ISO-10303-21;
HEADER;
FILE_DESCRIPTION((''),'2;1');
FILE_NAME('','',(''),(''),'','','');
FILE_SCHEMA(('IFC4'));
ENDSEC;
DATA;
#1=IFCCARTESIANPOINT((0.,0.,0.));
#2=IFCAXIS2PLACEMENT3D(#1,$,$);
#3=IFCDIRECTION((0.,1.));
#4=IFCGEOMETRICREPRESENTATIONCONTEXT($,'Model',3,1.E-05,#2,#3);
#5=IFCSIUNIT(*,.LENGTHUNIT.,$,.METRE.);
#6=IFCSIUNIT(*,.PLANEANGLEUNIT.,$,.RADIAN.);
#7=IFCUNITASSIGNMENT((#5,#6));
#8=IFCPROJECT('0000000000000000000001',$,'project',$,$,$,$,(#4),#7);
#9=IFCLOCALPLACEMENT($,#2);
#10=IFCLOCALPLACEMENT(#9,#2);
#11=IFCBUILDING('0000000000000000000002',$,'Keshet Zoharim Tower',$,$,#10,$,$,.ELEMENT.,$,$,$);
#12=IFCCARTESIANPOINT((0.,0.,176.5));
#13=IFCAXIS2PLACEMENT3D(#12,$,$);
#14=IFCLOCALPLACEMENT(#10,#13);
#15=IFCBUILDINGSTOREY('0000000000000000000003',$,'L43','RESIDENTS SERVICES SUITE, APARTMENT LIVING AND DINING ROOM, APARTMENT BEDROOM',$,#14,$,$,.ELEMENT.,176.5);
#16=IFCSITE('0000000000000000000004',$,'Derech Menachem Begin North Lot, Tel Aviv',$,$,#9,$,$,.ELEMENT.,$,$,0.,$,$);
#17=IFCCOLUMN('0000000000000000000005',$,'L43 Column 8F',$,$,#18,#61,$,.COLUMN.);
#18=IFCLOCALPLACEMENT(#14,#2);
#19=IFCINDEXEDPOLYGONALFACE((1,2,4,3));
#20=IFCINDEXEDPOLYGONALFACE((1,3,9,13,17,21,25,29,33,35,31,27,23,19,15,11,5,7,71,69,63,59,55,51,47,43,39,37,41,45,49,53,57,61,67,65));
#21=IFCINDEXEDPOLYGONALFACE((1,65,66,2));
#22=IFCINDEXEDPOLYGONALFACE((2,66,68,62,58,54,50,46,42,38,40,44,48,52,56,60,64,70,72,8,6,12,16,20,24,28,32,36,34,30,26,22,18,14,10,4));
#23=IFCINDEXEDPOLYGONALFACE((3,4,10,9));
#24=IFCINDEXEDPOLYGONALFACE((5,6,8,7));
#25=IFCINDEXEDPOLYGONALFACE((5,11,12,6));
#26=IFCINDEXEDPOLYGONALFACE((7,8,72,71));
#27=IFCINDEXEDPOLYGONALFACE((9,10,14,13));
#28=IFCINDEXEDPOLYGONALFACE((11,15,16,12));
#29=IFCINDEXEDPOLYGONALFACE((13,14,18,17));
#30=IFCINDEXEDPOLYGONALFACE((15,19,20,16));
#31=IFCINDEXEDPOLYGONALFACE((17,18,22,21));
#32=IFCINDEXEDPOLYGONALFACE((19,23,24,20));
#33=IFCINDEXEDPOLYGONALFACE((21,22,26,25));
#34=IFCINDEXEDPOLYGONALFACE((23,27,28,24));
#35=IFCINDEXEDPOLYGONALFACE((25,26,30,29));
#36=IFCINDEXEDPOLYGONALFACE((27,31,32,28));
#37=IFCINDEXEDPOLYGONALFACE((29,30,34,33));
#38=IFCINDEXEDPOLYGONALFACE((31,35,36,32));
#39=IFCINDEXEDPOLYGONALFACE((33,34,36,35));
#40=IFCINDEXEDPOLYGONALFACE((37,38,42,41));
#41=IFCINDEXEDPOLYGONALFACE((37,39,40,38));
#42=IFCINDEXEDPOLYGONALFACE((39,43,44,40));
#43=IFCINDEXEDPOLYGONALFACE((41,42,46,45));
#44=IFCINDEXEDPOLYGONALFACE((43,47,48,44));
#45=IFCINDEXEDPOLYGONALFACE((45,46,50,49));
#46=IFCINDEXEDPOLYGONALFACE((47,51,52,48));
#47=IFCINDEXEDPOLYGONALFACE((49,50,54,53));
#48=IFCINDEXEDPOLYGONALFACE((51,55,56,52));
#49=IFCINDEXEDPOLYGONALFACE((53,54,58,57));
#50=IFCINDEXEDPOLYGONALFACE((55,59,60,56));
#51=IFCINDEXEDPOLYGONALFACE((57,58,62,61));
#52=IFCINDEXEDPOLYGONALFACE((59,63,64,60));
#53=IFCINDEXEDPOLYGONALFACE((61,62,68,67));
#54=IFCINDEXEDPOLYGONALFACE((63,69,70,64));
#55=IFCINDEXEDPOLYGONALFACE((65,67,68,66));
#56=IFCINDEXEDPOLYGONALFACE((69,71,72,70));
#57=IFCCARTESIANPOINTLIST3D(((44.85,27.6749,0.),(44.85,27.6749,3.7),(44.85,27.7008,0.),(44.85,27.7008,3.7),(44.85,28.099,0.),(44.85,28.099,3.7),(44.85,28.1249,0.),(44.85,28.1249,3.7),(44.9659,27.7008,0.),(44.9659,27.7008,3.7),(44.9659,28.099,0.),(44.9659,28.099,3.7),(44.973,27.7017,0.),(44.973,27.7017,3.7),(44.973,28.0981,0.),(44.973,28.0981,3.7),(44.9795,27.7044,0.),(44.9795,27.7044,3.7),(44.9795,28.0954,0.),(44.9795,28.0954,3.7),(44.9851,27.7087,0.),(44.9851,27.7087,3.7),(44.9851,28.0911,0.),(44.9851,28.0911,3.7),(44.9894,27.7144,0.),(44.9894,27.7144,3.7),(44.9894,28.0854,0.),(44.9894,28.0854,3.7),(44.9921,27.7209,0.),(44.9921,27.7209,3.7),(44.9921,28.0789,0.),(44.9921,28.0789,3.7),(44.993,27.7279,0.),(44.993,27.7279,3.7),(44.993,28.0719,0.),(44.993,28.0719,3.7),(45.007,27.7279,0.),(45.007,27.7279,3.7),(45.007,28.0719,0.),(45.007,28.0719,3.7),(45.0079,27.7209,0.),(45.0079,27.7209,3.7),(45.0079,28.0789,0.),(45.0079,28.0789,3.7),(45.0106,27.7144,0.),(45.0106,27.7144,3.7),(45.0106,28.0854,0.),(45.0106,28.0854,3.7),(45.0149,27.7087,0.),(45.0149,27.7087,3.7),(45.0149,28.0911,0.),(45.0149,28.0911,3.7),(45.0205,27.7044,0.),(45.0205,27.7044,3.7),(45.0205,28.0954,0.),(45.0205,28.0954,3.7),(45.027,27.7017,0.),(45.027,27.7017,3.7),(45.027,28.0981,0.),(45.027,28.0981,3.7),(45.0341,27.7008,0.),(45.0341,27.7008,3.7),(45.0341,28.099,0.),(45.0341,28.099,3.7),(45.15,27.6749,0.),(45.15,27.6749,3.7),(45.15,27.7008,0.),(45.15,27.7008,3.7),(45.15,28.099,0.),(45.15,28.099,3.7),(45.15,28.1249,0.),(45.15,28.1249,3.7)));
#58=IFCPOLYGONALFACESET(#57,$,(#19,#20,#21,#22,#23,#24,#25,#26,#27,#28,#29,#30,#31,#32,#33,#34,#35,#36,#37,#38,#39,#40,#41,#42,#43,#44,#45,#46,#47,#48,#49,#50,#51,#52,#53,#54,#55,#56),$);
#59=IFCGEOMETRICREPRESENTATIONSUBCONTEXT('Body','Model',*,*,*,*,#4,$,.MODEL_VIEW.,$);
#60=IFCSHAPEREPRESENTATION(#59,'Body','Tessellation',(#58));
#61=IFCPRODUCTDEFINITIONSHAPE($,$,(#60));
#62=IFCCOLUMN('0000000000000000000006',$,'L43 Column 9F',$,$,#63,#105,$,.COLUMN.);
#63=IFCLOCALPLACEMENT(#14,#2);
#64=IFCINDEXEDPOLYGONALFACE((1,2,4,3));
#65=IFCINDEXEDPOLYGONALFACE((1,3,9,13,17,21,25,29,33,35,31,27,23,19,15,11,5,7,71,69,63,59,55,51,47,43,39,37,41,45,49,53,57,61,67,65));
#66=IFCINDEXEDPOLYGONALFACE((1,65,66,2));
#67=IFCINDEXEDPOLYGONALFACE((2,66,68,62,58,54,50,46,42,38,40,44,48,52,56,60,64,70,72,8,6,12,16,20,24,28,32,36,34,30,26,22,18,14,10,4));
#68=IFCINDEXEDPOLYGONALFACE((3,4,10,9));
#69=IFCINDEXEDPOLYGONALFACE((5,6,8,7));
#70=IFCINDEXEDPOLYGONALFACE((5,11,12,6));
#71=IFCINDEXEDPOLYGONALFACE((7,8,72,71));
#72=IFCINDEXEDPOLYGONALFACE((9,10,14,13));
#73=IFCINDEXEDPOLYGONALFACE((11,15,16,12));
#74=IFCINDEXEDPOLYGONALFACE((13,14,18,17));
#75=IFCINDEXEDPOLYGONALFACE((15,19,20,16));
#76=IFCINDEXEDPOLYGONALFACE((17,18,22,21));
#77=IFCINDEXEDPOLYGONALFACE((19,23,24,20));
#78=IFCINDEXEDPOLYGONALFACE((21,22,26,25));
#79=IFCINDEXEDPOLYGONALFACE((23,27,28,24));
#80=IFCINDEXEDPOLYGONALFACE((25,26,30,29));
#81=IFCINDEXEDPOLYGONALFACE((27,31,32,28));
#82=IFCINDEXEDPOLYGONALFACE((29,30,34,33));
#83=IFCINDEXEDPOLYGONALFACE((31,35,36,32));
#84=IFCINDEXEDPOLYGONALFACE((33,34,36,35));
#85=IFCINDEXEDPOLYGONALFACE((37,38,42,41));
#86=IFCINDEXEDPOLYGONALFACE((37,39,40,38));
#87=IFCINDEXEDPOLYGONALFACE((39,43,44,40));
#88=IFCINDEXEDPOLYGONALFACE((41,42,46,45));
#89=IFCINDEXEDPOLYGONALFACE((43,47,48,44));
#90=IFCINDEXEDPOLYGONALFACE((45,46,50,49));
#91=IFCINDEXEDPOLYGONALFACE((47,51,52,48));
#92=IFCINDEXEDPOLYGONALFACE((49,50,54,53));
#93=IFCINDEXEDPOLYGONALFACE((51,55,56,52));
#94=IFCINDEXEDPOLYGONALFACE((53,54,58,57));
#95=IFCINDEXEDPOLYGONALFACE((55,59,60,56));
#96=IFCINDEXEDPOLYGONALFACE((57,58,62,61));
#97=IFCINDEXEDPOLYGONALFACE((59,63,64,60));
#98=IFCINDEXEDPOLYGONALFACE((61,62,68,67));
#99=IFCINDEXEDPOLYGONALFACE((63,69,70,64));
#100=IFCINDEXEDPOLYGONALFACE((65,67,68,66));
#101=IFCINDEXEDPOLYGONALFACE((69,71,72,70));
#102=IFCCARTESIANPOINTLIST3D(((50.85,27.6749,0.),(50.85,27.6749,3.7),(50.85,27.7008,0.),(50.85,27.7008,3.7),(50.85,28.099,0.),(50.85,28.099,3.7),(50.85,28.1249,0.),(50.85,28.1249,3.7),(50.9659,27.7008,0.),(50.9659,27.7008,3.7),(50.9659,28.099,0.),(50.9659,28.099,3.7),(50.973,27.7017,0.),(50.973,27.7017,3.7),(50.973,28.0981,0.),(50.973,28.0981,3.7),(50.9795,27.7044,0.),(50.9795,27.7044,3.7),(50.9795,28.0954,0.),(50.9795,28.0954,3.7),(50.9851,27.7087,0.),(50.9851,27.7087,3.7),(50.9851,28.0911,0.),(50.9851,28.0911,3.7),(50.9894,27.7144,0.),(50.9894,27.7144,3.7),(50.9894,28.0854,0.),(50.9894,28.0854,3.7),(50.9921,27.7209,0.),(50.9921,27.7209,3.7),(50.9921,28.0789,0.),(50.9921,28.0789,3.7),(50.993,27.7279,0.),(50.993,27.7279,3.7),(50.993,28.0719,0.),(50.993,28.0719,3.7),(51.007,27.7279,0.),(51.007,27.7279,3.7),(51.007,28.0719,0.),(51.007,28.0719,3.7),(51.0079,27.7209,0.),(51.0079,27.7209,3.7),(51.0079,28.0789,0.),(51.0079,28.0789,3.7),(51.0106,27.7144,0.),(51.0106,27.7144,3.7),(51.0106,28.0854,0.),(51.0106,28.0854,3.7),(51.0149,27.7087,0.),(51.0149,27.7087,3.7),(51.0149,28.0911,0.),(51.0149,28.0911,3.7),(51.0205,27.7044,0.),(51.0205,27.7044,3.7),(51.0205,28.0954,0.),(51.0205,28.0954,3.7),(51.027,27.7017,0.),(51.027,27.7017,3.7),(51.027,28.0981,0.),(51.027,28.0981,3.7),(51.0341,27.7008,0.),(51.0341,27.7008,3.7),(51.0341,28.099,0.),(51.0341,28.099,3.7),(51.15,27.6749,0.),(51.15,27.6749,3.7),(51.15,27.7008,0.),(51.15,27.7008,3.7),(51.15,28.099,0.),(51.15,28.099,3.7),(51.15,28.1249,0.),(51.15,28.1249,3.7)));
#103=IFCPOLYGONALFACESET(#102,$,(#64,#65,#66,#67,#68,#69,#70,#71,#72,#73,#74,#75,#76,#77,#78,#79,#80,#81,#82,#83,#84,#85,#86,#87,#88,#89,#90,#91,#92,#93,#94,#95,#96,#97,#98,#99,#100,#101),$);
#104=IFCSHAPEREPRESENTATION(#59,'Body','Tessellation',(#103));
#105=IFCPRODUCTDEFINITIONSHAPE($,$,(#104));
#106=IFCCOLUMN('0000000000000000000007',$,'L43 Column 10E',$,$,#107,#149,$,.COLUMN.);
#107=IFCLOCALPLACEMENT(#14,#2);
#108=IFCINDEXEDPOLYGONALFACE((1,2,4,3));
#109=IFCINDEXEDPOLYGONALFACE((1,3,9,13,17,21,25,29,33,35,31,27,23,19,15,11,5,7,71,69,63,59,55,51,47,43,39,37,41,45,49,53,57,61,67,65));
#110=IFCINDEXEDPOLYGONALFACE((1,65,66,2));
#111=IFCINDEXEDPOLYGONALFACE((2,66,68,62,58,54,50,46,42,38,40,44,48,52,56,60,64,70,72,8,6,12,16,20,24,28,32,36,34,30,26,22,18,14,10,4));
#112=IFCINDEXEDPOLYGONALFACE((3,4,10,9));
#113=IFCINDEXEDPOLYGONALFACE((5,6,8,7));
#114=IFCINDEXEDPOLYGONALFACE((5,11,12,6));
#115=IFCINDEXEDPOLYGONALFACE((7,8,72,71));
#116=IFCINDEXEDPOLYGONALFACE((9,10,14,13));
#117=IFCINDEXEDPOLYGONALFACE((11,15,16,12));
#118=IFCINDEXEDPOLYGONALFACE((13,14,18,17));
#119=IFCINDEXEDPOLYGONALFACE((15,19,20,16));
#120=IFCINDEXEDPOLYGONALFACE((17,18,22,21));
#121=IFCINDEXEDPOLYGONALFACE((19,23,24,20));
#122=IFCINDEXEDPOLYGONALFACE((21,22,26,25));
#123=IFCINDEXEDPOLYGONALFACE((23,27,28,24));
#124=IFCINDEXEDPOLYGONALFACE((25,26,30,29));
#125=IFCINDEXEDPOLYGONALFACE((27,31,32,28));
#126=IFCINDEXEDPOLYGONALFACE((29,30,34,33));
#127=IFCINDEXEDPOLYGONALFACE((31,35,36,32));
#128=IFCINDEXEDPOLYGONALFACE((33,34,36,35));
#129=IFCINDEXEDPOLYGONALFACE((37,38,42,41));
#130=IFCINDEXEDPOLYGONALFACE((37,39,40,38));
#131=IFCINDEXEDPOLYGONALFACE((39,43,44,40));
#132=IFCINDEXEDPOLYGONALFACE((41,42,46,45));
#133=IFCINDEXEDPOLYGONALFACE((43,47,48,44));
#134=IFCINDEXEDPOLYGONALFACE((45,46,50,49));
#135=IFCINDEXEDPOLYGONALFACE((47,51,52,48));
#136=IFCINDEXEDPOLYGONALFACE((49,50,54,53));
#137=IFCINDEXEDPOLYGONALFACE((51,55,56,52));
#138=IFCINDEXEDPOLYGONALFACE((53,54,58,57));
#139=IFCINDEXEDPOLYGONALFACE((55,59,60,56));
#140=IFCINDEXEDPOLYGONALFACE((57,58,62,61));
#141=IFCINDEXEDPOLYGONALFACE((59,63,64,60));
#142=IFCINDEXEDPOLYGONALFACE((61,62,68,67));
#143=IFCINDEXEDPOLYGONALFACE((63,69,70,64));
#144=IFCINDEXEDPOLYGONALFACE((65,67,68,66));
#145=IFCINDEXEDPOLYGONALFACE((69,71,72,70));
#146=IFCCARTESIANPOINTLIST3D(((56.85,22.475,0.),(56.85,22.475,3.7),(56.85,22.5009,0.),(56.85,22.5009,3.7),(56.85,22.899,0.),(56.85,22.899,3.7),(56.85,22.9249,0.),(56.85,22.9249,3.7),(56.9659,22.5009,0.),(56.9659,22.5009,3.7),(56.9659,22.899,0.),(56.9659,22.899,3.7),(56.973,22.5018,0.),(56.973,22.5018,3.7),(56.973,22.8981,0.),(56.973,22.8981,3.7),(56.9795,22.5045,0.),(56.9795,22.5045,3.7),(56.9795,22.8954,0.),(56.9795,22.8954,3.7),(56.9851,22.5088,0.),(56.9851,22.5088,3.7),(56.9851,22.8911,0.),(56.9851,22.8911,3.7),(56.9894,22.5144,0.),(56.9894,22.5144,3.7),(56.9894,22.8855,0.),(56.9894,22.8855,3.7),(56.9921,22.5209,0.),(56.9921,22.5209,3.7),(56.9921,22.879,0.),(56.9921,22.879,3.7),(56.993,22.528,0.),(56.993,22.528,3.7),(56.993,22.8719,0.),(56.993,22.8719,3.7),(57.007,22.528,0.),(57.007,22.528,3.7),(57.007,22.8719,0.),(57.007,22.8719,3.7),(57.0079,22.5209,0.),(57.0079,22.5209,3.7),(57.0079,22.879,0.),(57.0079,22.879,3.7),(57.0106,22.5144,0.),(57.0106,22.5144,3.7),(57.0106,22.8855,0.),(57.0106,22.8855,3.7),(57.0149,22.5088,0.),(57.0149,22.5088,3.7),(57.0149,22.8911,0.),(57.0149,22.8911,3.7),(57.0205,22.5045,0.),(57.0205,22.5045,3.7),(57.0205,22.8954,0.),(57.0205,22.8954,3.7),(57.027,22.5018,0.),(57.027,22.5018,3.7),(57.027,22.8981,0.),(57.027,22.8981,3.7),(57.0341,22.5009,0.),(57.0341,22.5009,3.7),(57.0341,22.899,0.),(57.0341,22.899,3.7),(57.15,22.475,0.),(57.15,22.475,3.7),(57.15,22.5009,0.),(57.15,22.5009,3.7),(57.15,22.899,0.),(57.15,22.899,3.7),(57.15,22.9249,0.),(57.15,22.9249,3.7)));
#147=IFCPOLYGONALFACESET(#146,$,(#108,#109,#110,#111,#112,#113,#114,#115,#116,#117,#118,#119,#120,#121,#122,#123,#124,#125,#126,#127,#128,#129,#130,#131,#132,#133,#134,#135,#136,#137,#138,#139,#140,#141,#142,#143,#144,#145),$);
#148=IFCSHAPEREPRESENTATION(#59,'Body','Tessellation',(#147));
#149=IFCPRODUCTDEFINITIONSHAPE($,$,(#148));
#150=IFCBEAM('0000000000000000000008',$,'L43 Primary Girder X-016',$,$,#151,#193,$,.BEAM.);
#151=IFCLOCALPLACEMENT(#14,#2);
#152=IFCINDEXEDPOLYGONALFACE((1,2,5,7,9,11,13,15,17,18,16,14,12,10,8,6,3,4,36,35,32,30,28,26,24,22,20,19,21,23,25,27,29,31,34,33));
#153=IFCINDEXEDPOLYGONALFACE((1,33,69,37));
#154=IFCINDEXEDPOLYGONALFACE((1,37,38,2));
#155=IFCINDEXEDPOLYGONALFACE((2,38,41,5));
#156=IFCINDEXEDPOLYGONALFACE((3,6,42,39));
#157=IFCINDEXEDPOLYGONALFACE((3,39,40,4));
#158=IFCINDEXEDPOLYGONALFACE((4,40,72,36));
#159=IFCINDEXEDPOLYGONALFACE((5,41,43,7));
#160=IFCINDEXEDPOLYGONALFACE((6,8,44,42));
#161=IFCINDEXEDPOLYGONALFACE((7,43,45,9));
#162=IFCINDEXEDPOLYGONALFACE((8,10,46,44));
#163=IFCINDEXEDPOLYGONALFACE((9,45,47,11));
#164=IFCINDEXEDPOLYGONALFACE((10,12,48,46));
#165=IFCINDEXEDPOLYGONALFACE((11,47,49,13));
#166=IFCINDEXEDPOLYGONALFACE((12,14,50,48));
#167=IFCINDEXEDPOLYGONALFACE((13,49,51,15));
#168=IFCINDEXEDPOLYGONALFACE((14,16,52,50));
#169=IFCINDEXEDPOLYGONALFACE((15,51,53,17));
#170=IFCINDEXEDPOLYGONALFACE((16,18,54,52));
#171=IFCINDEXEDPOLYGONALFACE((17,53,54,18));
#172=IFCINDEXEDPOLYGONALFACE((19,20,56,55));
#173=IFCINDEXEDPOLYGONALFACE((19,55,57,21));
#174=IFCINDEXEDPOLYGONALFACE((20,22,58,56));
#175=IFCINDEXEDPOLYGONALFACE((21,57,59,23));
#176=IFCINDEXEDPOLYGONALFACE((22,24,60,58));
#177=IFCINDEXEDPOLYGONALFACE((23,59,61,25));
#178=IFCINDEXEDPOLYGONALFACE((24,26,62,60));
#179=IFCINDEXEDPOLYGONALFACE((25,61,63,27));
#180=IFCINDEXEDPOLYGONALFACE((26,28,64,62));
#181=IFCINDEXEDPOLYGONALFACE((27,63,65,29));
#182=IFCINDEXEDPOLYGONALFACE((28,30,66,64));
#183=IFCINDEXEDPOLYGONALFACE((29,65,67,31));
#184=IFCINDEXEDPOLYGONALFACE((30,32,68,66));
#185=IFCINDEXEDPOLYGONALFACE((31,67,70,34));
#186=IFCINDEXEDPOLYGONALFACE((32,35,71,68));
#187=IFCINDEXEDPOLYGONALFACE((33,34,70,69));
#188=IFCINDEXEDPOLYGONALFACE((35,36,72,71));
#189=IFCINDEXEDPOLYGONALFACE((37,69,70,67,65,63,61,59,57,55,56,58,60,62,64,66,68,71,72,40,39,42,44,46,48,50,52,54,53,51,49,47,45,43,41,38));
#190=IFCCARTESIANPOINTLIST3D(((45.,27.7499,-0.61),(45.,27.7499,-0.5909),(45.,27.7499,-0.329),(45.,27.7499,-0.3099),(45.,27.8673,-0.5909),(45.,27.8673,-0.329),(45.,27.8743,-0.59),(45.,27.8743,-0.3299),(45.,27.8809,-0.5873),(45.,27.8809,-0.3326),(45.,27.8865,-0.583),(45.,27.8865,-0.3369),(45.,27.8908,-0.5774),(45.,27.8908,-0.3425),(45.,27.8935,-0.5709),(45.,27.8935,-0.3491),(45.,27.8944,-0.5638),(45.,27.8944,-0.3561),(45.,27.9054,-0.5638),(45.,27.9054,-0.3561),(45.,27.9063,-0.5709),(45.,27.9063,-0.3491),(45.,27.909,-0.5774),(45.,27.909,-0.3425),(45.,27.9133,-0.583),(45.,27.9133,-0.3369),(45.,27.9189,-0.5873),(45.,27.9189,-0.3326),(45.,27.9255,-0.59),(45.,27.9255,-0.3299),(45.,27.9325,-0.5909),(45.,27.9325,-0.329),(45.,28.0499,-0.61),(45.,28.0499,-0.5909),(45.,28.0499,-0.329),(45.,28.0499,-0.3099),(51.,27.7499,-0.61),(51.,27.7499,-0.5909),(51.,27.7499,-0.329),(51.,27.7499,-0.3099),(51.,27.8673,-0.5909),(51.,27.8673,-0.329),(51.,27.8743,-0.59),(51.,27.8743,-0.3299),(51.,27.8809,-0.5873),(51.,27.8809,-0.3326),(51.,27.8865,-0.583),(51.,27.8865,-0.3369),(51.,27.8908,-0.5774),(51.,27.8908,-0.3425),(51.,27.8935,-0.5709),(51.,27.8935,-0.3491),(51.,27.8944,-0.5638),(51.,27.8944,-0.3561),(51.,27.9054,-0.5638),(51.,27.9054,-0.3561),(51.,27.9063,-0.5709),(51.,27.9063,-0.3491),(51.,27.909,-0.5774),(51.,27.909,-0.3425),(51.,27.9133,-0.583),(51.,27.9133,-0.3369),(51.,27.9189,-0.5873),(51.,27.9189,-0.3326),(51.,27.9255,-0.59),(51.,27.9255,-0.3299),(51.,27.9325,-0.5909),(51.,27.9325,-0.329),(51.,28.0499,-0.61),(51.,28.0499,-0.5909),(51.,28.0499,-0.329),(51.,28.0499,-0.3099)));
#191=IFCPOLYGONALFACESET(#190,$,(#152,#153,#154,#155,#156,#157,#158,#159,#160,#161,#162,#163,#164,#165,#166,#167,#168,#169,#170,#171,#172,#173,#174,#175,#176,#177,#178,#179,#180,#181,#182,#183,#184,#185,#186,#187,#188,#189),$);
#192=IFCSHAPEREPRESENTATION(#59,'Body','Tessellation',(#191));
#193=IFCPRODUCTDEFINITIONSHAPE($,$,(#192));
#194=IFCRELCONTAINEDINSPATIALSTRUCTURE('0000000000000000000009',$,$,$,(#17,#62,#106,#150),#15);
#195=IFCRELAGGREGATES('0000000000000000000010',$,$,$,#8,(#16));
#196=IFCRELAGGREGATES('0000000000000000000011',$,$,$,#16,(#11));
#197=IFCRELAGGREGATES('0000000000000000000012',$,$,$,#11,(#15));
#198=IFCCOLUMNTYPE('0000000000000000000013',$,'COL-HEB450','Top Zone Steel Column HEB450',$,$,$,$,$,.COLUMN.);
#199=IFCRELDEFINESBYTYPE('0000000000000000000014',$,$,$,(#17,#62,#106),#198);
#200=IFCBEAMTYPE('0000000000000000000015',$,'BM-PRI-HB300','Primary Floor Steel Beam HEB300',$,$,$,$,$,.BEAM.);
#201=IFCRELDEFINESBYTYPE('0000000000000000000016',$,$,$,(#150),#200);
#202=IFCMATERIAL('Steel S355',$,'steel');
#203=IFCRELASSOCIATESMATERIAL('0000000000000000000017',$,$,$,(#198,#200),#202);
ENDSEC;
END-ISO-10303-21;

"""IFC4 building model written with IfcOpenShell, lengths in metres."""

from ifc_helpers import new_model, si_unit, direction, frame, origin, origin_2d, place, context, subcontext, project, spatial, i_section, extrude, material, material_profile, profile_set, type_object, element, save


model = new_model("IFC4")

# Units and contexts
model_context = context("Model", 3, precision=1e-05, world=origin(), true_north=direction((0.0, 1.0)))
body_context = subcontext(model_context, "Body", "Model", "MODEL_VIEW")
ifc_project = project(units=[si_unit("LENGTHUNIT", "METRE"), si_unit("PLANEANGLEUNIT", "RADIAN")], contexts=[model_context])

# Site, building, storey
site_placement = place(None, origin())
site = spatial("IfcSite", under=ifc_project, at=site_placement, Name="Derech Menachem Begin North Lot, Tel Aviv", CompositionType="ELEMENT", RefElevation=0.0)
building_placement = place(site_placement, origin())
building = spatial("IfcBuilding", under=site, at=building_placement, Name="Keshet Zoharim Tower", CompositionType="ELEMENT")
storey_placement = place(building_placement, frame((0.0, 0.0, 176.5)))
storey = spatial("IfcBuildingStorey", under=building, at=storey_placement, Name="L43", Description="RESIDENTS SERVICES SUITE, APARTMENT LIVING AND DINING ROOM, APARTMENT BEDROOM", CompositionType="ELEMENT", Elevation=176.5)

# Columns
ifc_material_1 = material(Name="Steel S355", Category="steel")
ifc_material_profile_1 = material_profile(ifc_material_1, i_section(OverallWidth=0.3, OverallDepth=0.45, WebThickness=0.0139, FlangeThickness=0.0259, FilletRadius=0.0271, at=origin_2d()), Name="HEB450")
ifc_profile_set_1 = profile_set([ifc_material_profile_1], Name="Steel S355")
column_type = type_object("IfcColumnType", Name="COL-HEB450", Description="Top Zone Steel Column HEB450", PredefinedType="COLUMN", material=ifc_profile_set_1)
for number, where, z_axis, x_axis, name in (
    (1, (45.0, 27.8999, 0.0), (0.0, 0.0, 1.0), (1.0, 0.0, 0.0), "L43 Column 8F"),
    (2, (51.0, 27.8999, 0.0), (0.0, 0.0, 1.0), (1.0, 0.0, 0.0), "L43 Column 9F"),
    (3, (57.0, 22.7, 0.0), (0.0, 0.0, 1.0), (1.0, 0.0, 0.0), "L43 Column 10E"),
):
    element("IfcColumn", number, at=place(storey_placement, frame(where, z_axis=z_axis, x_axis=x_axis)), inside=storey, type_object=column_type, Name=name, PredefinedType="COLUMN", context=body_context, shape_type="SweptSolid", body=[
        extrude(i_section(OverallWidth=0.3, OverallDepth=0.45, WebThickness=0.0139, FlangeThickness=0.0259, FilletRadius=0.0271, at=origin_2d()), origin(), (0.0, 0.0, 1.0), 3.7),
    ])

# Beam
ifc_material_profile_2 = material_profile(ifc_material_1, i_section(OverallWidth=0.3, OverallDepth=0.3, WebThickness=0.011, FlangeThickness=0.019, FilletRadius=0.0271, at=origin_2d()), Name="HEB300")
ifc_profile_set_2 = profile_set([ifc_material_profile_2], Name="Steel S355")
beam_type = type_object("IfcBeamType", Name="BM-PRI-HB300", Description="Primary Floor Steel Beam HEB300", PredefinedType="BEAM", material=ifc_profile_set_2)
beam_placement = place(storey_placement, frame((45.0, 27.8999, -0.46), z_axis=(1.0, 0.0, 0.0), x_axis=(0.0, 1.0, 0.0)))
element("IfcBeam", 4, at=beam_placement, inside=storey, type_object=beam_type, Name="L43 Primary Girder X-016", PredefinedType="BEAM", context=body_context, shape_type="SweptSolid", body=[
    extrude(i_section(OverallWidth=0.3, OverallDepth=0.3, WebThickness=0.011, FlangeThickness=0.019, FilletRadius=0.0271, at=origin_2d()), origin(), (0.0, 0.0, 1.0), 6.0),
])

save(model, "model.ifc")
